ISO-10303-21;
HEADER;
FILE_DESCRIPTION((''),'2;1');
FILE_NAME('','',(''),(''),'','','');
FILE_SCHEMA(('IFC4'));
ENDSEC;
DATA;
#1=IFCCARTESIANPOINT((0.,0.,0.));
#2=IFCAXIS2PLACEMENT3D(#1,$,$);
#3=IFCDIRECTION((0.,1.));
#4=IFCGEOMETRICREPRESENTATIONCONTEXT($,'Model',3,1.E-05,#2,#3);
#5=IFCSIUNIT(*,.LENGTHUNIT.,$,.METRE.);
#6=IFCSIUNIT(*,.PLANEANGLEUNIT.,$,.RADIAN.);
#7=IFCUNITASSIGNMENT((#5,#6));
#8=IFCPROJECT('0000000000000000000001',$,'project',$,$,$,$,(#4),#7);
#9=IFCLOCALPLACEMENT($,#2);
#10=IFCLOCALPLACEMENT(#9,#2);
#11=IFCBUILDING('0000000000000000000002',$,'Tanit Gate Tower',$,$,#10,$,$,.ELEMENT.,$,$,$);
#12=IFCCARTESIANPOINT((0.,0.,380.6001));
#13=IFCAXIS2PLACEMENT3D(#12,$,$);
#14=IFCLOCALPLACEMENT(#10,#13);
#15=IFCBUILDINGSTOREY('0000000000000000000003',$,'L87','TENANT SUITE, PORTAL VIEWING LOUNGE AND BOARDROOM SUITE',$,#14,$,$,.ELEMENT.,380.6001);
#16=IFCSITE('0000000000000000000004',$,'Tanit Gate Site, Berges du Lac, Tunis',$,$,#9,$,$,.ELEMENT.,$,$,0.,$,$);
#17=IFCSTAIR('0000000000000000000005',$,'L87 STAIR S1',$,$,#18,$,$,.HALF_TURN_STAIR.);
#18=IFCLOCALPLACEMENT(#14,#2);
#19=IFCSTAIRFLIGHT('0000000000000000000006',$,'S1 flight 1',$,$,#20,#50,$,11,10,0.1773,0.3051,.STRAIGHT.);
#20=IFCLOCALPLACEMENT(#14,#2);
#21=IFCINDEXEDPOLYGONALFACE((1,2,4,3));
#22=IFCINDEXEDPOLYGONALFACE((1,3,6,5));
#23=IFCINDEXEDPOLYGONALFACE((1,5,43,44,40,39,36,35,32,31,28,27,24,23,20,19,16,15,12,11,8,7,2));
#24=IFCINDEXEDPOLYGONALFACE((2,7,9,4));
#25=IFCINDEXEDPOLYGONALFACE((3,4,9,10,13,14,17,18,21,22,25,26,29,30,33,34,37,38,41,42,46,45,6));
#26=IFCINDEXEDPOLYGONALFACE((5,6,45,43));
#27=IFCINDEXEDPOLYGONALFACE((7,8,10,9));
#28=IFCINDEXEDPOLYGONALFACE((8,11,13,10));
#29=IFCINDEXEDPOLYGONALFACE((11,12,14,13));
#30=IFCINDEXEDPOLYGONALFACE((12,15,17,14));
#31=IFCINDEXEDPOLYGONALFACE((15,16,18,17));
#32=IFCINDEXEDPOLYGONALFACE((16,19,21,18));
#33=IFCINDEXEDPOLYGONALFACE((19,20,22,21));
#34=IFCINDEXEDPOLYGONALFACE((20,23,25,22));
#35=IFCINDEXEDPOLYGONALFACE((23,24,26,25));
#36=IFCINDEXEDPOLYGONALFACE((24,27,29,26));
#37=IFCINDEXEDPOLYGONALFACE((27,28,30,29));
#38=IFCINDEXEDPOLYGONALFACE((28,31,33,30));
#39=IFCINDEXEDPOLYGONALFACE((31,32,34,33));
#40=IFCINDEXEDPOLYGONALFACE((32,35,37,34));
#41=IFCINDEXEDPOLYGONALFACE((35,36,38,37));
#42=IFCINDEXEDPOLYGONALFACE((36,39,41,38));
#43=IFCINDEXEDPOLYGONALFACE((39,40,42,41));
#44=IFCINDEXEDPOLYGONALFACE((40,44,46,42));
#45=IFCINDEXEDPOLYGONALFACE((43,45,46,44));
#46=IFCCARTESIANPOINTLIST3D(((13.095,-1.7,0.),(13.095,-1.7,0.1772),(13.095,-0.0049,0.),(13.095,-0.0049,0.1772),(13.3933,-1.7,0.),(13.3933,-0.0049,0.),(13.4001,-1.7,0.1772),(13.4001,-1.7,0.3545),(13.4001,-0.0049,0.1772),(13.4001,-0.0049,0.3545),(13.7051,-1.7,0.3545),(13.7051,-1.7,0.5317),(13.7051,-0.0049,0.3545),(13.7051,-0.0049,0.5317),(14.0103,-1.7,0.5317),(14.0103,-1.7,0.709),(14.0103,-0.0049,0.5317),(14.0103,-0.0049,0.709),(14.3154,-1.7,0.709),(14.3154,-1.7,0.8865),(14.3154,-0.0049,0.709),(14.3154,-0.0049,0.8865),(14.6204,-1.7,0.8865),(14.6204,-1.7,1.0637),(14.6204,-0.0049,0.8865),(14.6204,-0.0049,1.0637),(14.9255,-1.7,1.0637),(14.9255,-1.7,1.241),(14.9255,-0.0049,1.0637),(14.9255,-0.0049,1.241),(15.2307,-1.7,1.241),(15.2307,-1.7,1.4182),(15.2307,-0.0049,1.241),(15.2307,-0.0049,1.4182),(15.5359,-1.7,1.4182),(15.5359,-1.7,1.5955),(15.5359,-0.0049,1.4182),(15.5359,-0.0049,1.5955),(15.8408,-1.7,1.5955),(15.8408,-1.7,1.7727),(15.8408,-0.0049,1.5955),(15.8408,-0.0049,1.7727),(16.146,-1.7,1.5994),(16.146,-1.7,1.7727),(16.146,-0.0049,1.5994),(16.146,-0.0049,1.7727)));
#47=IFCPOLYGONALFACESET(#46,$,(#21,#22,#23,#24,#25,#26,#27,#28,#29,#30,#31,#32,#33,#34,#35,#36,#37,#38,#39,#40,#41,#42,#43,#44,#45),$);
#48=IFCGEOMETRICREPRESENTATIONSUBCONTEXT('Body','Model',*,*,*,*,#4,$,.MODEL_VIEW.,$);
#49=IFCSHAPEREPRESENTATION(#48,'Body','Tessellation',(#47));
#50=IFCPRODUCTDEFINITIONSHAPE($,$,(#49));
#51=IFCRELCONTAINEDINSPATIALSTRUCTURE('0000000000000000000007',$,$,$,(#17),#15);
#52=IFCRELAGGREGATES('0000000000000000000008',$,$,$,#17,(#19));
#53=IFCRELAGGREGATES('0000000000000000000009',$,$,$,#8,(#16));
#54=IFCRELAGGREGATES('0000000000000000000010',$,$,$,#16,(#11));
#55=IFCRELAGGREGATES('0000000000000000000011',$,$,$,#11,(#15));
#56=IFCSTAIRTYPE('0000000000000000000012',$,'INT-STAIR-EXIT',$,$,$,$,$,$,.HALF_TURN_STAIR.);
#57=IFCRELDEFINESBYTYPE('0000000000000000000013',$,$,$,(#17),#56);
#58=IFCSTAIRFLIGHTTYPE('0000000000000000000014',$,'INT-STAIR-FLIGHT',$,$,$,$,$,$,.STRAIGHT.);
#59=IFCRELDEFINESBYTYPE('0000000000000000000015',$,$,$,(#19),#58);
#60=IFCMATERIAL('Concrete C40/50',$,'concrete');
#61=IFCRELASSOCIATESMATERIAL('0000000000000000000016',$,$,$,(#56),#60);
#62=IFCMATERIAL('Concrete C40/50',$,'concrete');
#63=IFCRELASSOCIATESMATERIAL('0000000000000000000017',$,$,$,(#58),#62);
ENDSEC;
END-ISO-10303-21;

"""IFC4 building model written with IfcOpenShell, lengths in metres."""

from ifc_helpers import new_model, si_unit, direction, frame, origin, place, context, subcontext, project, spatial, polyline, outline, extrude, material, type_object, element, aggregate, save


model = new_model("IFC4")

# Units and contexts
model_context = context("Model", 3, precision=1e-05, world=origin(), true_north=direction((0.0, 1.0)))
body_context = subcontext(model_context, "Body", "Model", "MODEL_VIEW")
ifc_project = project(units=[si_unit("LENGTHUNIT", "METRE"), si_unit("PLANEANGLEUNIT", "RADIAN")], contexts=[model_context])

# Site, building, storey
site_placement = place(None, origin())
site = spatial("IfcSite", under=ifc_project, at=site_placement, Name="Tanit Gate Site, Berges du Lac, Tunis", CompositionType="ELEMENT", RefElevation=0.0)
building_placement = place(site_placement, origin())
building = spatial("IfcBuilding", under=site, at=building_placement, Name="Tanit Gate Tower", CompositionType="ELEMENT")
storey_placement = place(building_placement, frame((0.0, 0.0, 380.6001)))
storey = spatial("IfcBuildingStorey", under=building, at=storey_placement, Name="L87", Description="TENANT SUITE, PORTAL VIEWING LOUNGE AND BOARDROOM SUITE", CompositionType="ELEMENT", Elevation=380.6001)

# Stair, stair flight
ifc_material_1 = material(Name="Concrete C40/50", Category="concrete")
stair_type = type_object("IfcStairType", Name="INT-STAIR-EXIT", PredefinedType="HALF_TURN_STAIR", material=ifc_material_1)
stair_placement = place(storey_placement, origin())
stair = element("IfcStair", 1, at=stair_placement, inside=storey, type_object=stair_type, Name="L87 STAIR S1", PredefinedType="HALF_TURN_STAIR")
ifc_material_2 = material(Name="Concrete C40/50", Category="concrete")
stair_flight_type = type_object("IfcStairFlightType", Name="INT-STAIR-FLIGHT", PredefinedType="STRAIGHT", material=ifc_material_2)
stair_flight_placement = place(storey_placement, frame((13.095, -0.8525, 0.0), z_axis=(0.0, 0.0, 1.0), x_axis=(1.0, 0.0, 0.0)))
stair_flight = element("IfcStairFlight", 2, at=stair_flight_placement, type_object=stair_flight_type, Name="S1 flight 1", NumberOfRisers=11, NumberOfTreads=10, PredefinedType="STRAIGHT", RiserHeight=0.1773, TreadLength=0.3051, context=body_context, shape_type="SweptSolid", body=[
    extrude(outline(polyline([(0.0, 0.0), (0.0, 0.1772), (0.3052, 0.1772), (0.3052, 0.3545), (0.6101, 0.3545), (0.6101, 0.5317), (0.9153, 0.5317), (0.9153, 0.709), (1.2205, 0.709), (1.2205, 0.8865), (1.5254, 0.8865), (1.5254, 1.0637), (1.8306, 1.0637), (1.8306, 1.241), (2.1357, 1.241), (2.1357, 1.4182), (2.4409, 1.4182), (2.4409, 1.5955), (2.7458, 1.5955), (2.7458, 1.7727), (3.051, 1.7727), (3.051, 1.95), (3.051, 1.5994), (0.2983, 0.0), (0.0, 0.0)])), frame((0.0, 0.8477, 0.0), z_axis=(0.0, -1.0, 0.0), x_axis=(1.0, 0.0, 0.0)), (0.0, 0.0, 1.0), 1.6951),
])
aggregate(stair, [stair_flight])

save(model, "model.ifc")
